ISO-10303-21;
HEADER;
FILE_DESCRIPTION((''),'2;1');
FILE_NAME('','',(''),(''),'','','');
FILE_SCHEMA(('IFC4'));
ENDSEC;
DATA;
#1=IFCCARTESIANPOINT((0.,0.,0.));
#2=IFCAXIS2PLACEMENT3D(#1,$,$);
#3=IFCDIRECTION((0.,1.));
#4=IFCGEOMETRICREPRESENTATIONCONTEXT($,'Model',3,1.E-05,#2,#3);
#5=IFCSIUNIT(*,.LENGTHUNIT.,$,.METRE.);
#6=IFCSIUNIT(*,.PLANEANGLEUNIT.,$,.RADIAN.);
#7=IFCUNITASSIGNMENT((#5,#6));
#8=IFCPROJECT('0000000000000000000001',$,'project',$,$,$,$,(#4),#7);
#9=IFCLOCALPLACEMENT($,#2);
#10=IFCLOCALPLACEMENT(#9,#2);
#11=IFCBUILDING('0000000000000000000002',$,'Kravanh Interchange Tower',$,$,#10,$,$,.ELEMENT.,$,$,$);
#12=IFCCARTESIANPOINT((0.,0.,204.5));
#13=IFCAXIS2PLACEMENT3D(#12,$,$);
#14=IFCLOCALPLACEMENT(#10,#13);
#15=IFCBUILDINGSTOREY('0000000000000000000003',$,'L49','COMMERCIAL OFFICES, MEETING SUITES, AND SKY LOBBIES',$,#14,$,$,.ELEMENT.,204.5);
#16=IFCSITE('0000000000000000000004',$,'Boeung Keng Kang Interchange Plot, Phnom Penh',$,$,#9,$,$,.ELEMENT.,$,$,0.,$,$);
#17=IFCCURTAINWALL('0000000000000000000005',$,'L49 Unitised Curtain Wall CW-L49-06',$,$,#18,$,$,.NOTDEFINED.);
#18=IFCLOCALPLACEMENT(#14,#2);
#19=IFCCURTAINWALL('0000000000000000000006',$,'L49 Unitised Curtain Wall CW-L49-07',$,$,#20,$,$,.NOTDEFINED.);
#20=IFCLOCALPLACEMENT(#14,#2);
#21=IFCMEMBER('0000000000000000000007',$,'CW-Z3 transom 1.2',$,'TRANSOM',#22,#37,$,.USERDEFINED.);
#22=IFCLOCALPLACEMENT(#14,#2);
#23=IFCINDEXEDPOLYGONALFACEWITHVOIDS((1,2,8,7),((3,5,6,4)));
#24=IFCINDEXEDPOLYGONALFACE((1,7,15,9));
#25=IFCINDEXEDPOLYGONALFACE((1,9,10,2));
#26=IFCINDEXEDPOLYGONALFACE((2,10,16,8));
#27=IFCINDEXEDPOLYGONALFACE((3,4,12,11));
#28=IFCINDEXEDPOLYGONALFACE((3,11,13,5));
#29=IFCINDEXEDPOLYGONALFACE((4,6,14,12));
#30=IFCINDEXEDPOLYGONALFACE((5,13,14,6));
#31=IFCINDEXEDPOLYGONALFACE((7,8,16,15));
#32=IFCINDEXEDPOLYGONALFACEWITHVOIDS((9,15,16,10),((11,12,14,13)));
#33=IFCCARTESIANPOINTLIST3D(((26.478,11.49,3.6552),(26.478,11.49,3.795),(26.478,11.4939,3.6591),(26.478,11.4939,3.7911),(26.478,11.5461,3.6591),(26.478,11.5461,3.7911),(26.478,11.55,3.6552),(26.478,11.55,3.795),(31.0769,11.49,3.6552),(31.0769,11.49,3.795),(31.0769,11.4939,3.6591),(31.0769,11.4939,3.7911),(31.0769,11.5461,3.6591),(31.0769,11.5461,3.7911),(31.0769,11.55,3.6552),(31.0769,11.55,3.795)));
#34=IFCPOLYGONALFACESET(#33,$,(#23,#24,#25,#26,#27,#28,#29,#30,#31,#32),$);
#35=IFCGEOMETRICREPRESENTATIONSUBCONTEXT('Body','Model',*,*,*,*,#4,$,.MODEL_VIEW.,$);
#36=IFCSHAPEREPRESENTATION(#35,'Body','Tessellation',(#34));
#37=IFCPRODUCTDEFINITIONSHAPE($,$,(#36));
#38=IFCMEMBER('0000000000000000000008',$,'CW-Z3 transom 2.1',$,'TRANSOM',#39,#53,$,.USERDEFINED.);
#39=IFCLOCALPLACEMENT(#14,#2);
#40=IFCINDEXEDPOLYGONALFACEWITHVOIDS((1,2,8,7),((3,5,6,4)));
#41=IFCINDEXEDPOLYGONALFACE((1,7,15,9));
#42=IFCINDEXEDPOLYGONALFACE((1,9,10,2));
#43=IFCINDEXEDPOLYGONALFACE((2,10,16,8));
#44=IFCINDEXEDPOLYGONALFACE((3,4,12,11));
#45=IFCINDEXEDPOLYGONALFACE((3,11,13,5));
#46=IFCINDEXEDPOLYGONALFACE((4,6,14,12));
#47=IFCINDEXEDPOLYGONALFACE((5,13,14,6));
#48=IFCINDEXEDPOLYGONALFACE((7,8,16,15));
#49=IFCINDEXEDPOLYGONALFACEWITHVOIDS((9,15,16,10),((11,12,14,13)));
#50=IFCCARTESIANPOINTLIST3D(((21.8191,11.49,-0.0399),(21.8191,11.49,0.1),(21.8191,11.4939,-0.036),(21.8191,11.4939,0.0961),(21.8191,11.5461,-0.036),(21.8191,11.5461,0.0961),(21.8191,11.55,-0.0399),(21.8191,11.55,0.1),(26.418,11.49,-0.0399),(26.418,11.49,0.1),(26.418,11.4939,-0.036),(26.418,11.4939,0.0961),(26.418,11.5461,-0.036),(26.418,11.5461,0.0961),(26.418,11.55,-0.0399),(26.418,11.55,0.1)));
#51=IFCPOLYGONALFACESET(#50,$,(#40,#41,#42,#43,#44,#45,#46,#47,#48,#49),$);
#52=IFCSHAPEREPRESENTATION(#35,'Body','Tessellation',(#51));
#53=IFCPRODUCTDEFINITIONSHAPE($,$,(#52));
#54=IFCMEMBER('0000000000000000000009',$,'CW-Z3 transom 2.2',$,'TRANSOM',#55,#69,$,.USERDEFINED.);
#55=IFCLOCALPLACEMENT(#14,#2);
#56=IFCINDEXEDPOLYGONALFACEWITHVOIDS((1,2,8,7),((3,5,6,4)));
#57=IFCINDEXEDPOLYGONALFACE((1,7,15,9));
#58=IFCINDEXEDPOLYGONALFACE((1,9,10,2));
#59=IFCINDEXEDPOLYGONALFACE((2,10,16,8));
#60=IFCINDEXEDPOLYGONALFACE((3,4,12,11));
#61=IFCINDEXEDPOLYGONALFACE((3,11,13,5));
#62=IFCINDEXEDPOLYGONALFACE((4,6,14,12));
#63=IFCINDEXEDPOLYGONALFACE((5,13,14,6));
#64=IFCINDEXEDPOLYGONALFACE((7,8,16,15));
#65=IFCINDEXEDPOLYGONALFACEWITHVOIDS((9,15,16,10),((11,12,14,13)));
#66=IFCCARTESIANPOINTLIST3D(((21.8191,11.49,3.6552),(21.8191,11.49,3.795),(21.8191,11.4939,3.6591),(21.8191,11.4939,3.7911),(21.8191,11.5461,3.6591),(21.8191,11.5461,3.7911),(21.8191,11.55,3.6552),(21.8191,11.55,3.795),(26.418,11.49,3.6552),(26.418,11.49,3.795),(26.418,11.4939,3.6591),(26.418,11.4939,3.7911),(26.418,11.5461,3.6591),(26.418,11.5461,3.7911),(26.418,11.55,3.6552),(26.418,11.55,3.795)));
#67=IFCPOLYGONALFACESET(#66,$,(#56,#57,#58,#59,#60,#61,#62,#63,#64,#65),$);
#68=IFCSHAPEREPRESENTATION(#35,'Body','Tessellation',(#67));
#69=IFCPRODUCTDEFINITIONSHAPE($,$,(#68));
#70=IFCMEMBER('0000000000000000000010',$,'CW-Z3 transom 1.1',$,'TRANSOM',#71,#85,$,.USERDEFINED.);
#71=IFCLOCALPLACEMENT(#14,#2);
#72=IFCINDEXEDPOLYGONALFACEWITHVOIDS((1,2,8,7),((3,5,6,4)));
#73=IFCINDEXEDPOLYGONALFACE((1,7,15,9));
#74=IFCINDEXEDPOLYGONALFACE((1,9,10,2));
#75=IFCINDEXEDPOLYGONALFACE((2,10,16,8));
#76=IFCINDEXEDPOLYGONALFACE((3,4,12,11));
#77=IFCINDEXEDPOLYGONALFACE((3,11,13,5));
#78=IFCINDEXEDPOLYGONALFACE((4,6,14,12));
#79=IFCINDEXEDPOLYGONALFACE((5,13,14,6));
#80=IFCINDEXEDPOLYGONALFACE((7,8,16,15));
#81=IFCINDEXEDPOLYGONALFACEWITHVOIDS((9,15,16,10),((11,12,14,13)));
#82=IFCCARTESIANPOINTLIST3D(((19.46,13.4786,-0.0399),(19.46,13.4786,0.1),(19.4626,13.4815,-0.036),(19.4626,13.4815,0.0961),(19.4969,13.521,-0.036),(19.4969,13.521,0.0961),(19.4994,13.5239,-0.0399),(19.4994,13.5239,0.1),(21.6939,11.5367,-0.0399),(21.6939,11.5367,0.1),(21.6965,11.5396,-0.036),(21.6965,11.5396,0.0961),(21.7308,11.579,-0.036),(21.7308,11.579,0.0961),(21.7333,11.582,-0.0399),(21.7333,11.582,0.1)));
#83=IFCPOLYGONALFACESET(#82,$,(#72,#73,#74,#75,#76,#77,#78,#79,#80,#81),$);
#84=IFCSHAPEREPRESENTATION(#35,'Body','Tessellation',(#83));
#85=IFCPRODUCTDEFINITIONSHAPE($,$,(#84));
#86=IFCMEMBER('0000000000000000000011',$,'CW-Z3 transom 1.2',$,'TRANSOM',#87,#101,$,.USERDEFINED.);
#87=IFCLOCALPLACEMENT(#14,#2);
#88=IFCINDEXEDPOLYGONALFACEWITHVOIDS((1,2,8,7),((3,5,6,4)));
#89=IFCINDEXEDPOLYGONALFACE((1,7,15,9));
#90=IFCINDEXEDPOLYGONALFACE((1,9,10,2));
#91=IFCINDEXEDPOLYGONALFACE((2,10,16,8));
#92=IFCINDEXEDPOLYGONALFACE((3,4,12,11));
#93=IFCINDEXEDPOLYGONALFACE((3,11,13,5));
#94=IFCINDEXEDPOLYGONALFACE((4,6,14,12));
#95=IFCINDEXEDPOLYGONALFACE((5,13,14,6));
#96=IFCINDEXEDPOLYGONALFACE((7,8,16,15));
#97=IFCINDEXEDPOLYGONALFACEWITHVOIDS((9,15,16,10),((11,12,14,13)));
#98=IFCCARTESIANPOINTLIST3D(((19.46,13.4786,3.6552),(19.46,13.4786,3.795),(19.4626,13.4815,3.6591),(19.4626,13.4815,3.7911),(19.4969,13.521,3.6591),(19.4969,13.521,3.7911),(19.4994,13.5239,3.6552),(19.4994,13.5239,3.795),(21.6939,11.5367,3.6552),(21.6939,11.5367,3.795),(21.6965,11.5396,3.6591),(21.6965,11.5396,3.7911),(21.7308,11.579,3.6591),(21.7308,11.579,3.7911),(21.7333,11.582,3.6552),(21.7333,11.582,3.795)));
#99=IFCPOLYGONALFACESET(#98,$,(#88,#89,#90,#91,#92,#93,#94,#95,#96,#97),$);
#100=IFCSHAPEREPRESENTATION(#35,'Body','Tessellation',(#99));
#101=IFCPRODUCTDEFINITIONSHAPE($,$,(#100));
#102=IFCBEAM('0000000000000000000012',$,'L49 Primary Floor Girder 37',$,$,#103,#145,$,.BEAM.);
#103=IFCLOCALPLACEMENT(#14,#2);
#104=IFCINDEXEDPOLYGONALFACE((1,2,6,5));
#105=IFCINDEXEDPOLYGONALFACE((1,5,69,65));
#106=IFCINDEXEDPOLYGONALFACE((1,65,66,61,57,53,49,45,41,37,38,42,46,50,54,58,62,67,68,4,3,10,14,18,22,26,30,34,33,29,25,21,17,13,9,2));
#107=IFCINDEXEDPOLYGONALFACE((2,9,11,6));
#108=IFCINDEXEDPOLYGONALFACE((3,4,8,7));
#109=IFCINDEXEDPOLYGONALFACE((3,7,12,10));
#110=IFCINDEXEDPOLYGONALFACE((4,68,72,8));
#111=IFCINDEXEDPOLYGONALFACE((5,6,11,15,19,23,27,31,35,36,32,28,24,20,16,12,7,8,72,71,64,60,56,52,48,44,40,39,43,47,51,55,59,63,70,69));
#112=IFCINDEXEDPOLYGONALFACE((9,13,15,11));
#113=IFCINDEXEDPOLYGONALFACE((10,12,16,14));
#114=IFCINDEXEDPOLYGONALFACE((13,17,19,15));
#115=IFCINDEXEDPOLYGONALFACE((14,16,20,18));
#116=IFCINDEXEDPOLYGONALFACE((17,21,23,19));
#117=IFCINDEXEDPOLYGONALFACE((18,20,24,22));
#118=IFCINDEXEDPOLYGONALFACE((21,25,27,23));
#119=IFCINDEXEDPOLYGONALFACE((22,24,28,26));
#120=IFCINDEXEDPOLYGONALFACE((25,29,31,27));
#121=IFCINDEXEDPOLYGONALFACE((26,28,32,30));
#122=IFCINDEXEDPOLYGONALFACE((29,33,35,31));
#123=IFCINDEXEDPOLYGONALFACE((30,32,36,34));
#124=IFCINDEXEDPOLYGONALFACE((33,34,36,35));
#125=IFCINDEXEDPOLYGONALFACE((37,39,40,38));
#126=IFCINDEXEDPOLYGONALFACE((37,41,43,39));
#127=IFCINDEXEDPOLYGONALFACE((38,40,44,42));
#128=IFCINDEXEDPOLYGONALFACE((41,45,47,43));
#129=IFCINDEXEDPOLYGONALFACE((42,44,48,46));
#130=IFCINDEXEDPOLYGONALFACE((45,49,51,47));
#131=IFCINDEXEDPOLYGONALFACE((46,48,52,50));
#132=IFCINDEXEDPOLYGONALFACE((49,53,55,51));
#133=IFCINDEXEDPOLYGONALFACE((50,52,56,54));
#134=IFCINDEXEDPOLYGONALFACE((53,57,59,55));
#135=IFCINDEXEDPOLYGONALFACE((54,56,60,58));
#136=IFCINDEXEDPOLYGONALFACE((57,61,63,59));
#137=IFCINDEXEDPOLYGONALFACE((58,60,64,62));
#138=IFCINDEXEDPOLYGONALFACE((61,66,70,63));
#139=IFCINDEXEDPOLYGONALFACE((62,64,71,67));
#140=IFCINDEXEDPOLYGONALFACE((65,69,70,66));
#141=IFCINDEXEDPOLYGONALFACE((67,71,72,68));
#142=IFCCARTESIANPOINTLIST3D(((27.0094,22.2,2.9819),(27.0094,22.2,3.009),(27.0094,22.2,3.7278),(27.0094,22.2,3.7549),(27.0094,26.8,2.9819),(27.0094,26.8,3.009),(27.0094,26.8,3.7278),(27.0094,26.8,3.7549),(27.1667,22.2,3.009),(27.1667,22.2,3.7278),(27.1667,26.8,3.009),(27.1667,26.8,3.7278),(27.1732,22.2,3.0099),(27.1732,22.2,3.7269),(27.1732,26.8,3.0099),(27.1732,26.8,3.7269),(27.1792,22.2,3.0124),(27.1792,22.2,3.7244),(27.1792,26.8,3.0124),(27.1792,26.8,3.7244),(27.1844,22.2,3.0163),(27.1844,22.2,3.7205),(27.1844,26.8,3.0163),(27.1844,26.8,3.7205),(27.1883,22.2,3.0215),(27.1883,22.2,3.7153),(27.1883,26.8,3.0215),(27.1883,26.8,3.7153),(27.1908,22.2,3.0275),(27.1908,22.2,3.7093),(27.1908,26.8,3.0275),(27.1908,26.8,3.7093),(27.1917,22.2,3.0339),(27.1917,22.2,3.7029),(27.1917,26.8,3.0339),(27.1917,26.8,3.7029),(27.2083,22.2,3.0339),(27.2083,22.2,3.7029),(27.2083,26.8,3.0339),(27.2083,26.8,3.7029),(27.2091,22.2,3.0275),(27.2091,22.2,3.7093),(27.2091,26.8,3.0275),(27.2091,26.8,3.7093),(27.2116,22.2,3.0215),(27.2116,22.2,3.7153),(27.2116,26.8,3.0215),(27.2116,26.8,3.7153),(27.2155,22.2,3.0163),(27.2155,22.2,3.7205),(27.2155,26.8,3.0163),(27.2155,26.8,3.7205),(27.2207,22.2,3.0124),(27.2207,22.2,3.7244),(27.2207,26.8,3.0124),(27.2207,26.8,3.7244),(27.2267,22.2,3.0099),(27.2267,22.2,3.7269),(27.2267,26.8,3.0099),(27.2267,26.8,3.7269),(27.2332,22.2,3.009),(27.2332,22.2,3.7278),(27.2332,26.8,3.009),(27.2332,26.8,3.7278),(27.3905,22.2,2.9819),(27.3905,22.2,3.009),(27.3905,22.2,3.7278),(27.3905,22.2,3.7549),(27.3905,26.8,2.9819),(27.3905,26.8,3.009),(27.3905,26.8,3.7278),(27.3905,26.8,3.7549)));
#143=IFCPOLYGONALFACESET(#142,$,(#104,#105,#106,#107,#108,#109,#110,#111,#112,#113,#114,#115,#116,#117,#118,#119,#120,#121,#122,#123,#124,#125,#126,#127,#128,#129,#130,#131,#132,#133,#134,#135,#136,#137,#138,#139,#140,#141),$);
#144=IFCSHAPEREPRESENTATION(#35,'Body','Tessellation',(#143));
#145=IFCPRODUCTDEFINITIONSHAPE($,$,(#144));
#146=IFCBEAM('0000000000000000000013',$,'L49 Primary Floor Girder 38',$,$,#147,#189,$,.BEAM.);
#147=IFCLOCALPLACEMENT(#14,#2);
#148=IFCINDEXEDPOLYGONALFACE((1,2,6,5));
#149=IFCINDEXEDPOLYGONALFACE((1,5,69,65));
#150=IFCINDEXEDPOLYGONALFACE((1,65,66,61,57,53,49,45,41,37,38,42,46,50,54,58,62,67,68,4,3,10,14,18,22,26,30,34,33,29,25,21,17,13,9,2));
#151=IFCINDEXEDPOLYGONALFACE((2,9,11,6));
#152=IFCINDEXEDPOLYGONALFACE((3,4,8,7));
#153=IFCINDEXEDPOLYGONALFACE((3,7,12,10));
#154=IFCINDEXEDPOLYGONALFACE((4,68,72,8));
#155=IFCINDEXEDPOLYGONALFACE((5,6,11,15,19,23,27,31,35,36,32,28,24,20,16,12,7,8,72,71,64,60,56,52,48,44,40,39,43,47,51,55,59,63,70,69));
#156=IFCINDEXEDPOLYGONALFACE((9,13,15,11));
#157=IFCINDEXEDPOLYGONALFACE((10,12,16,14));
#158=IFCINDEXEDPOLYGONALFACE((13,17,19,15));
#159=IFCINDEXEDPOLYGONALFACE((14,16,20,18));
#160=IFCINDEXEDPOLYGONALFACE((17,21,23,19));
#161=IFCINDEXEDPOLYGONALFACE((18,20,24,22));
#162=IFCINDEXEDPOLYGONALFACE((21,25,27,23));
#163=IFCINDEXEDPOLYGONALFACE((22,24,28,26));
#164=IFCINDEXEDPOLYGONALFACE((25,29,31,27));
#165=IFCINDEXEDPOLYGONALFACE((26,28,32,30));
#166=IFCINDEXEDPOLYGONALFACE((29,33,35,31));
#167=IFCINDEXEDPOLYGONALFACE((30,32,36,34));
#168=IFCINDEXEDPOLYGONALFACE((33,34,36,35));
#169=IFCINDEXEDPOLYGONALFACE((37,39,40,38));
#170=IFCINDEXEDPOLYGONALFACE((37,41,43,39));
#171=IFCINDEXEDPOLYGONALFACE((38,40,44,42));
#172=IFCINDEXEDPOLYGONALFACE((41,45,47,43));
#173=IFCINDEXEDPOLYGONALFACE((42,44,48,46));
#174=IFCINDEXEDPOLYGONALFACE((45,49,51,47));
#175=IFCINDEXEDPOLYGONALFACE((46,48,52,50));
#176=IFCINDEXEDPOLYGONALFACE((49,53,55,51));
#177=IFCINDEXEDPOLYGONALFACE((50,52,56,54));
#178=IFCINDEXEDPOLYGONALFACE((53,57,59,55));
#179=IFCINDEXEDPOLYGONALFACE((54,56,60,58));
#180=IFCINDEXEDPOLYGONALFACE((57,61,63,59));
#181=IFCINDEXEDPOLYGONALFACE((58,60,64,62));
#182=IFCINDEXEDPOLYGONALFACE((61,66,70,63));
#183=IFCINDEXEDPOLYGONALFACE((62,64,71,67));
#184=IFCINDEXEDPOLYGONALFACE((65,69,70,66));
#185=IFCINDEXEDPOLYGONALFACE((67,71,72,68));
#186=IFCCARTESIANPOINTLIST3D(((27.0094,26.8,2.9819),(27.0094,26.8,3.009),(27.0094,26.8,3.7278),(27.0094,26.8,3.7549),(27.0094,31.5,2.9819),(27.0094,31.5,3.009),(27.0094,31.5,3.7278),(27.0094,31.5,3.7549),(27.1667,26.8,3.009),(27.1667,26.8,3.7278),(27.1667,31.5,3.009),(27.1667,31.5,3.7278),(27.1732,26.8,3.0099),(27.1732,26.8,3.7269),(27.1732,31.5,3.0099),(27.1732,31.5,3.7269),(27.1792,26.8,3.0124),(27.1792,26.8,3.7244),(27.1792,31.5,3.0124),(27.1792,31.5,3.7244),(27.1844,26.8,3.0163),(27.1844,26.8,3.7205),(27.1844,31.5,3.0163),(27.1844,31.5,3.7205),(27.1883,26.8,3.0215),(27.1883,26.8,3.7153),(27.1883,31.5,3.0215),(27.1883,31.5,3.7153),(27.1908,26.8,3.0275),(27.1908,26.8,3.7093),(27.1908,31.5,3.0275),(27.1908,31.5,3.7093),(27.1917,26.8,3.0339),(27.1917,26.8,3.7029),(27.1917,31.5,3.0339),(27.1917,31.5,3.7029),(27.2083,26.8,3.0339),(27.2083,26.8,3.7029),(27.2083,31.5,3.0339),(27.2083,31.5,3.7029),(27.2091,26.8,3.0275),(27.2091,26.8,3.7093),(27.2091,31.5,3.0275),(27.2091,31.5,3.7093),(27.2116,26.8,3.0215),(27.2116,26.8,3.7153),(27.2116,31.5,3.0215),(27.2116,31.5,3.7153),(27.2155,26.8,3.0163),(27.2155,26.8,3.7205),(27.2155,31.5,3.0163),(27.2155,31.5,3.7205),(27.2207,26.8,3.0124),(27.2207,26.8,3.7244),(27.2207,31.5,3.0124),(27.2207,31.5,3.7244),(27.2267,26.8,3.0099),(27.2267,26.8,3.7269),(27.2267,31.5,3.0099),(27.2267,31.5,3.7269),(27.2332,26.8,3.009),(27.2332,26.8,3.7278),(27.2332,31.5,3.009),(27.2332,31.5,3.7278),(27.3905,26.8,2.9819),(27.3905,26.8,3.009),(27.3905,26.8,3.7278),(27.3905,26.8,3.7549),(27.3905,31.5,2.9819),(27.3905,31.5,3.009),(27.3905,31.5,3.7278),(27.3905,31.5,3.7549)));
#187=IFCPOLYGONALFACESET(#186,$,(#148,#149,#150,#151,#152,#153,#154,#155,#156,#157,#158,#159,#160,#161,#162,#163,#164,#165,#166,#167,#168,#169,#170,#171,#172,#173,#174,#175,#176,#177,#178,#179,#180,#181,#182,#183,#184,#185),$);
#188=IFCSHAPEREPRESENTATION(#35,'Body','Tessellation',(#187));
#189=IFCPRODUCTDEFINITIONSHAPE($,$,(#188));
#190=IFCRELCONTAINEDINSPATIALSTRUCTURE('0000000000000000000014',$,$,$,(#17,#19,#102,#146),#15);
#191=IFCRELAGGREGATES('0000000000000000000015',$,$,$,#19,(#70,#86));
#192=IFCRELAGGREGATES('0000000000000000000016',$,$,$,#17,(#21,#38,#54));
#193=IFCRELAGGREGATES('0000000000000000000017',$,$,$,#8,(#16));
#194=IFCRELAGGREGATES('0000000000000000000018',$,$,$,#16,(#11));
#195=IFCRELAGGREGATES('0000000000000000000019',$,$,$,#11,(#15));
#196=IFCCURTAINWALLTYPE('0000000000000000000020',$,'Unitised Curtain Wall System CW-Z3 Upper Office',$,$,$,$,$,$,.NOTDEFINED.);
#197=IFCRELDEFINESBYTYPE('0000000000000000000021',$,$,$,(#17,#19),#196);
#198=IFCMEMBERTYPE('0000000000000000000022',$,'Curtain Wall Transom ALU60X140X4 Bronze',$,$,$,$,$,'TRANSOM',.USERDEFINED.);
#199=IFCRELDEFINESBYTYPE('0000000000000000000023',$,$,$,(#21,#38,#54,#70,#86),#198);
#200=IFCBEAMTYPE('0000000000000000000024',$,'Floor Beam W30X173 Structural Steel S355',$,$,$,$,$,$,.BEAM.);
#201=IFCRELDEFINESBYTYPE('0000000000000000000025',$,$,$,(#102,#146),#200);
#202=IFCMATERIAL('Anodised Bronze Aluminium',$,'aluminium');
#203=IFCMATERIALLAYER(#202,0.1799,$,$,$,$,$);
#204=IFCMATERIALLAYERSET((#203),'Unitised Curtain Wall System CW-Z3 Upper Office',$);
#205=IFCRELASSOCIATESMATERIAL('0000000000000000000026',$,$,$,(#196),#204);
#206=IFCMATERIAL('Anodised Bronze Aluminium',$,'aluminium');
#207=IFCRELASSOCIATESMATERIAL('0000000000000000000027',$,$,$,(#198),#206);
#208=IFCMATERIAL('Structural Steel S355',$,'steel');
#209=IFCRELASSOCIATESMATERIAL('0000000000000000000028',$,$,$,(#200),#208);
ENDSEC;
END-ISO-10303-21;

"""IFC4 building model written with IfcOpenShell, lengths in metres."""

from ifc_helpers import new_model, si_unit, direction, frame, origin, origin_2d, place, context, subcontext, project, spatial, hollow_rectangle, i_section, extrude, material, layer, layer_set, material_profile, profile_set, type_object, element, aggregate, save


model = new_model("IFC4")

# Units and contexts
model_context = context("Model", 3, precision=1e-05, world=origin(), true_north=direction((0.0, 1.0)))
body_context = subcontext(model_context, "Body", "Model", "MODEL_VIEW")
ifc_project = project(units=[si_unit("LENGTHUNIT", "METRE"), si_unit("PLANEANGLEUNIT", "RADIAN")], contexts=[model_context])

# Site, building, storey
site_placement = place(None, origin())
site = spatial("IfcSite", under=ifc_project, at=site_placement, Name="Boeung Keng Kang Interchange Plot, Phnom Penh", CompositionType="ELEMENT", RefElevation=0.0)
building_placement = place(site_placement, origin())
building = spatial("IfcBuilding", under=site, at=building_placement, Name="Kravanh Interchange Tower", CompositionType="ELEMENT")
storey_placement = place(building_placement, frame((0.0, 0.0, 204.5)))
storey = spatial("IfcBuildingStorey", under=building, at=storey_placement, Name="L49", Description="COMMERCIAL OFFICES, MEETING SUITES, AND SKY LOBBIES", CompositionType="ELEMENT", Elevation=204.5)

# Curtain wall
ifc_material_1 = material(Name="Anodised Bronze Aluminium", Category="aluminium")
ifc_layer_1 = layer(ifc_material_1, 0.1799)
ifc_layer_set_1 = layer_set([ifc_layer_1], Name="Unitised Curtain Wall System CW-Z3 Upper Office")
curtain_wall_type = type_object("IfcCurtainWallType", Name="Unitised Curtain Wall System CW-Z3 Upper Office", PredefinedType="NOTDEFINED", material=ifc_layer_set_1)
curtain_wall_1_placement = place(storey_placement, origin())
curtain_wall_1 = element("IfcCurtainWall", 1, at=curtain_wall_1_placement, inside=storey, type_object=curtain_wall_type, Name="L49 Unitised Curtain Wall CW-L49-06", PredefinedType="NOTDEFINED")

# Curtain wall
curtain_wall_2_placement = place(storey_placement, origin())
curtain_wall_2 = element("IfcCurtainWall", 2, at=curtain_wall_2_placement, inside=storey, type_object=curtain_wall_type, Name="L49 Unitised Curtain Wall CW-L49-07", PredefinedType="NOTDEFINED")

# Members
ifc_material_2 = material(Name="Anodised Bronze Aluminium", Category="aluminium")
ifc_material_profile_1 = material_profile(ifc_material_2, hollow_rectangle(XDim=0.0601, YDim=0.1399, WallThickness=0.0039, at=origin_2d()), Name="ALU60X140X4")
ifc_profile_set_1 = profile_set([ifc_material_profile_1], Name="Anodised Bronze Aluminium")
member_type_1 = type_object("IfcMemberType", Name="Curtain Wall Transom ALU60X140X4 Bronze", ElementType="TRANSOM", PredefinedType="USERDEFINED", material=ifc_profile_set_1)
member_1_placement = place(storey_placement, frame((31.0769, 11.52, 3.7251), z_axis=(-1.0, 0.0, 0.0), x_axis=(0.0, -1.0, 0.0)))
member_1 = element("IfcMember", 3, at=member_1_placement, type_object=member_type_1, Name="CW-Z3 transom 1.2", ObjectType="TRANSOM", PredefinedType="USERDEFINED", context=body_context, shape_type="SweptSolid", body=[
    extrude(hollow_rectangle(XDim=0.0601, YDim=0.1399, WallThickness=0.0039, at=origin_2d()), origin(), (0.0, 0.0, 1.0), 4.5989),
])
member_2_placement = place(storey_placement, frame((26.418, 11.52, 0.03), z_axis=(-1.0, 0.0, 0.0), x_axis=(0.0, -1.0, 0.0)))
member_2 = element("IfcMember", 4, at=member_2_placement, type_object=member_type_1, Name="CW-Z3 transom 2.1", ObjectType="TRANSOM", PredefinedType="USERDEFINED", context=body_context, shape_type="SweptSolid", body=[
    extrude(hollow_rectangle(XDim=0.0601, YDim=0.1399, WallThickness=0.0039, at=origin_2d()), origin(), (0.0, 0.0, 1.0), 4.5989),
])
member_3_placement = place(storey_placement, frame((26.418, 11.52, 3.7251), z_axis=(-1.0, 0.0, 0.0), x_axis=(0.0, -1.0, 0.0)))
member_3 = element("IfcMember", 5, at=member_3_placement, type_object=member_type_1, Name="CW-Z3 transom 2.2", ObjectType="TRANSOM", PredefinedType="USERDEFINED", context=body_context, shape_type="SweptSolid", body=[
    extrude(hollow_rectangle(XDim=0.0601, YDim=0.1399, WallThickness=0.0039, at=origin_2d()), origin(), (0.0, 0.0, 1.0), 4.5989),
])
member_4_placement = place(storey_placement, frame((21.7136, 11.5593, 0.03), z_axis=(-0.754709, 0.65606, 0.0), x_axis=(-0.65606, -0.754709, 0.0)))
member_4 = element("IfcMember", 6, at=member_4_placement, type_object=member_type_1, Name="CW-Z3 transom 1.1", ObjectType="TRANSOM", PredefinedType="USERDEFINED", context=body_context, shape_type="SweptSolid", body=[
    extrude(hollow_rectangle(XDim=0.0601, YDim=0.1399, WallThickness=0.0039, at=origin_2d()), origin(), (0.0, 0.0, 1.0), 2.96),
])
member_5_placement = place(storey_placement, frame((21.7136, 11.5593, 3.7251), z_axis=(-0.754709, 0.65606, 0.0), x_axis=(-0.65606, -0.754709, 0.0)))
member_5 = element("IfcMember", 7, at=member_5_placement, type_object=member_type_1, Name="CW-Z3 transom 1.2", ObjectType="TRANSOM", PredefinedType="USERDEFINED", context=body_context, shape_type="SweptSolid", body=[
    extrude(hollow_rectangle(XDim=0.0601, YDim=0.1399, WallThickness=0.0039, at=origin_2d()), origin(), (0.0, 0.0, 1.0), 2.96),
])
aggregate(curtain_wall_2, [member_4, member_5])

# Beams
ifc_material_3 = material(Name="Structural Steel S355", Category="steel")
ifc_material_profile_2 = material_profile(ifc_material_3, i_section(OverallWidth=0.3811, OverallDepth=0.7729, WebThickness=0.0166, FlangeThickness=0.0271, FilletRadius=0.0249, at=origin_2d()), Name="W30X173")
ifc_profile_set_2 = profile_set([ifc_material_profile_2], Name="Structural Steel S355")
beam_type_1 = type_object("IfcBeamType", Name="Floor Beam W30X173 Structural Steel S355", PredefinedType="BEAM", material=ifc_profile_set_2)
beam_1_placement = place(storey_placement, frame((27.2, 26.8, 3.3684), z_axis=(0.0, -1.0, 0.0), x_axis=(1.0, 0.0, 0.0)))
element("IfcBeam", 8, at=beam_1_placement, inside=storey, type_object=beam_type_1, Name="L49 Primary Floor Girder 37", PredefinedType="BEAM", context=body_context, shape_type="SweptSolid", body=[
    extrude(i_section(OverallWidth=0.3811, OverallDepth=0.7729, WebThickness=0.0166, FlangeThickness=0.0271, FilletRadius=0.0249, at=origin_2d()), origin(), (0.0, 0.0, 1.0), 4.6001),
])
beam_2_placement = place(storey_placement, frame((27.2, 26.8, 3.3684), z_axis=(0.0, 1.0, 0.0), x_axis=(-1.0, 0.0, 0.0)))
element("IfcBeam", 9, at=beam_2_placement, inside=storey, type_object=beam_type_1, Name="L49 Primary Floor Girder 38", PredefinedType="BEAM", context=body_context, shape_type="SweptSolid", body=[
    extrude(i_section(OverallWidth=0.3811, OverallDepth=0.7729, WebThickness=0.0166, FlangeThickness=0.0271, FilletRadius=0.0249, at=origin_2d()), origin(), (0.0, 0.0, 1.0), 4.7),
])

aggregate(curtain_wall_1, [member_1, member_2, member_3])

save(model, "model.ifc")
